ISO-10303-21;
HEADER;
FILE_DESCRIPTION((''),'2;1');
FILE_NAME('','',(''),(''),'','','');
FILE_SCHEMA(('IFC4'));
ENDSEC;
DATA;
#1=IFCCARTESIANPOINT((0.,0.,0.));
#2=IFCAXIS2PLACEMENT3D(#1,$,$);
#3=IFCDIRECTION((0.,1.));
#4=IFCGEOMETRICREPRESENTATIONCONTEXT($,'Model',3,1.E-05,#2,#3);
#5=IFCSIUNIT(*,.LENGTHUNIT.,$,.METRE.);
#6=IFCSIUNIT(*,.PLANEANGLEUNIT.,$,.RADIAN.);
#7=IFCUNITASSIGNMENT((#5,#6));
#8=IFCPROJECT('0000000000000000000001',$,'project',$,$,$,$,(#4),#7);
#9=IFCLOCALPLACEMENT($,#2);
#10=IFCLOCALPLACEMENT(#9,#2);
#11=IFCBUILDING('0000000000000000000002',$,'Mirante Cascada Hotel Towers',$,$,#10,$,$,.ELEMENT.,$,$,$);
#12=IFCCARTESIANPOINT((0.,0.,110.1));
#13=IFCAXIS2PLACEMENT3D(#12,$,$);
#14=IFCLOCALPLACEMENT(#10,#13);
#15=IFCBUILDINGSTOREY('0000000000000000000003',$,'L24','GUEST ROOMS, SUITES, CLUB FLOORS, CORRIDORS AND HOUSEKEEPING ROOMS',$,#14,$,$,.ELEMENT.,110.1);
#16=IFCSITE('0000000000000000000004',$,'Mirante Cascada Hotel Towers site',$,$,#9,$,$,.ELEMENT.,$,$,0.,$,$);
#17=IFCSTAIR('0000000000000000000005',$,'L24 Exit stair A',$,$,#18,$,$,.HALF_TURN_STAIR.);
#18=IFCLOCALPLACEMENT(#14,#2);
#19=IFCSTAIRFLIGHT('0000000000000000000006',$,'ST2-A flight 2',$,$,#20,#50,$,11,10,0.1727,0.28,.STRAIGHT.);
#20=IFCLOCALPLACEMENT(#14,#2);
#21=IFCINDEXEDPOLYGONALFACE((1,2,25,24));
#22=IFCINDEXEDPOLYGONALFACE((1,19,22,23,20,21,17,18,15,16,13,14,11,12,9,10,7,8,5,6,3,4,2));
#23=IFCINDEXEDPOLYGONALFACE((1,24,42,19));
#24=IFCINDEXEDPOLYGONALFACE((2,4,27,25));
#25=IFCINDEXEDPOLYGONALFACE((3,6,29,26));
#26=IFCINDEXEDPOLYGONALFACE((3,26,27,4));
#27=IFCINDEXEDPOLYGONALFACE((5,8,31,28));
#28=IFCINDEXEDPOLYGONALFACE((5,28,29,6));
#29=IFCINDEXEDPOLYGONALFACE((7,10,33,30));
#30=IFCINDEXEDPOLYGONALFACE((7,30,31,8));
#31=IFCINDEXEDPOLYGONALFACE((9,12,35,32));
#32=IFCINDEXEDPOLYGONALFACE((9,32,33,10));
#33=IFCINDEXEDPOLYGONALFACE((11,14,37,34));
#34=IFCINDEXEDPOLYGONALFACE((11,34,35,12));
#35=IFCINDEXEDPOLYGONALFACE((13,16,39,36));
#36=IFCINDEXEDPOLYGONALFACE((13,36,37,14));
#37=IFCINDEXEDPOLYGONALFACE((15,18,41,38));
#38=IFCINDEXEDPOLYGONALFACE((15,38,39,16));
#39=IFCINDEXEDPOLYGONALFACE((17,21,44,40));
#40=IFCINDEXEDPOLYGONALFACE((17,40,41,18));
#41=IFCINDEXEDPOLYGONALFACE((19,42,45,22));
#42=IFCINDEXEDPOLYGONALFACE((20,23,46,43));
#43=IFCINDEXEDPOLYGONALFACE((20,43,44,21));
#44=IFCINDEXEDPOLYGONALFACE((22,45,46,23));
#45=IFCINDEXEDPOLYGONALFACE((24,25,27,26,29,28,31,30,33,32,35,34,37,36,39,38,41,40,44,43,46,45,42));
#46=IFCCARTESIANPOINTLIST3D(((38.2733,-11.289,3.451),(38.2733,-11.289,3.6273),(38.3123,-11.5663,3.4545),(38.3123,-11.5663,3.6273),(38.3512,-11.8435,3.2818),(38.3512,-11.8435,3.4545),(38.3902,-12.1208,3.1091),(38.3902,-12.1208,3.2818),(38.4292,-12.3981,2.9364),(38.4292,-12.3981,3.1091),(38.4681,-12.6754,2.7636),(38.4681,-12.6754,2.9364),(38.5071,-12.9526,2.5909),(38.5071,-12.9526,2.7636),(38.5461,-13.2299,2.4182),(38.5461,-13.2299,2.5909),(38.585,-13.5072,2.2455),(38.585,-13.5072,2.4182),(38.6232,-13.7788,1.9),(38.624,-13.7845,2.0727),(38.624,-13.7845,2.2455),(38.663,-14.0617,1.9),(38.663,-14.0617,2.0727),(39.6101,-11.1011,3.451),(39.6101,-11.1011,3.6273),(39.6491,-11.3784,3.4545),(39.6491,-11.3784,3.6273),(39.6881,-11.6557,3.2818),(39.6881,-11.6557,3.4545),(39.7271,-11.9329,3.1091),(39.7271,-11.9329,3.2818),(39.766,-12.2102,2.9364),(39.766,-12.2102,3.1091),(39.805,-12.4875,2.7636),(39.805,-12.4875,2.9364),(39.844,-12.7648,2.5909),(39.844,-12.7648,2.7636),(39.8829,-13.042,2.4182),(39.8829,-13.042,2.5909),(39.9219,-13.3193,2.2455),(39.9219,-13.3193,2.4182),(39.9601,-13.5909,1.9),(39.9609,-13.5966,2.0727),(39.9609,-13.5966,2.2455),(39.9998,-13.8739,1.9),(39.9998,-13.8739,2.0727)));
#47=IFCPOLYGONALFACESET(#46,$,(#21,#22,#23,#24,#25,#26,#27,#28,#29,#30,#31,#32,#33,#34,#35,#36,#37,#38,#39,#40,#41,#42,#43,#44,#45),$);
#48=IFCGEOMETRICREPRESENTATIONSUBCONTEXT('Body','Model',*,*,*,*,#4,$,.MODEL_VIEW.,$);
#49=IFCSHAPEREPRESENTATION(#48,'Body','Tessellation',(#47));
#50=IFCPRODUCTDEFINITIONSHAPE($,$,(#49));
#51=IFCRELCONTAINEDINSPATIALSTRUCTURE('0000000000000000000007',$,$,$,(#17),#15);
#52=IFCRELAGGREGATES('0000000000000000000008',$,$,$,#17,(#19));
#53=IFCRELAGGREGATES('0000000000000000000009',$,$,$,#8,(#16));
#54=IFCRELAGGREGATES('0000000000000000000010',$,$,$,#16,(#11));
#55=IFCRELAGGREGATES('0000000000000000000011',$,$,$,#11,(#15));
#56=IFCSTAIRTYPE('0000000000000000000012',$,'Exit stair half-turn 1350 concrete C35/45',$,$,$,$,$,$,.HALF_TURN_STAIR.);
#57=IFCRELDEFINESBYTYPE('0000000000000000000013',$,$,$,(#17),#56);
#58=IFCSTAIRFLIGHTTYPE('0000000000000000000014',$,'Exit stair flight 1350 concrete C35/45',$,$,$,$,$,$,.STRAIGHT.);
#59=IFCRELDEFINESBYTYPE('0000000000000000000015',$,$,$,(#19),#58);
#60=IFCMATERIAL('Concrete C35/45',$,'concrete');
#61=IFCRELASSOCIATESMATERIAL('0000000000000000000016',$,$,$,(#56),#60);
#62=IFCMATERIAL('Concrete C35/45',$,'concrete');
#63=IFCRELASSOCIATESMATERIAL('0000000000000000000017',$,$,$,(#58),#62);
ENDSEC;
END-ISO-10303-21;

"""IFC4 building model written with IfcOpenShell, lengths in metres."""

from ifc_helpers import new_model, si_unit, direction, frame, origin, place, context, subcontext, project, spatial, polyline, outline, extrude, material, type_object, element, aggregate, save


model = new_model("IFC4")

# Units and contexts
model_context = context("Model", 3, precision=1e-05, world=origin(), true_north=direction((0.0, 1.0)))
body_context = subcontext(model_context, "Body", "Model", "MODEL_VIEW")
ifc_project = project(units=[si_unit("LENGTHUNIT", "METRE"), si_unit("PLANEANGLEUNIT", "RADIAN")], contexts=[model_context])

# Site, building, storey
site_placement = place(None, origin())
site = spatial("IfcSite", under=ifc_project, at=site_placement, Name="Mirante Cascada Hotel Towers site", CompositionType="ELEMENT", RefElevation=0.0)
building_placement = place(site_placement, origin())
building = spatial("IfcBuilding", under=site, at=building_placement, Name="Mirante Cascada Hotel Towers", CompositionType="ELEMENT")
storey_placement = place(building_placement, frame((0.0, 0.0, 110.1)))
storey = spatial("IfcBuildingStorey", under=building, at=storey_placement, Name="L24", Description="GUEST ROOMS, SUITES, CLUB FLOORS, CORRIDORS AND HOUSEKEEPING ROOMS", CompositionType="ELEMENT", Elevation=110.1)

# Stair, stair flight
ifc_material_1 = material(Name="Concrete C35/45", Category="concrete")
stair_type = type_object("IfcStairType", Name="Exit stair half-turn 1350 concrete C35/45", PredefinedType="HALF_TURN_STAIR", material=ifc_material_1)
stair_placement = place(storey_placement, origin())
stair = element("IfcStair", 1, at=stair_placement, inside=storey, type_object=stair_type, Name="L24 Exit stair A", PredefinedType="HALF_TURN_STAIR")
ifc_material_2 = material(Name="Concrete C35/45", Category="concrete")
stair_flight_type = type_object("IfcStairFlightType", Name="Exit stair flight 1350 concrete C35/45", PredefinedType="STRAIGHT", material=ifc_material_2)
stair_flight_placement = place(storey_placement, frame((39.3314, -13.9678, 1.9), z_axis=(0.0, 0.0, 1.0), x_axis=(-0.139173, 0.990268, 0.0)))
stair_flight = element("IfcStairFlight", 2, at=stair_flight_placement, type_object=stair_flight_type, Name="ST2-A flight 2", NumberOfRisers=11, NumberOfTreads=10, PredefinedType="STRAIGHT", RiserHeight=0.1727, TreadLength=0.28, context=body_context, shape_type="SweptSolid", body=[
    extrude(outline(polyline([(0.0, 0.0), (0.0, 0.1727), (0.28, 0.1727), (0.28, 0.3455), (0.56, 0.3455), (0.56, 0.5182), (0.84, 0.5182), (0.84, 0.6909), (1.12, 0.6909), (1.12, 0.8636), (1.4, 0.8636), (1.4, 1.0364), (1.68, 1.0364), (1.68, 1.2091), (1.96, 1.2091), (1.96, 1.3818), (2.24, 1.3818), (2.24, 1.5545), (2.52, 1.5545), (2.52, 1.7273), (2.8, 1.7273), (2.8, 1.9), (2.8, 1.551), (0.2857, 0.0), (0.0, 0.0)])), frame((0.0, 0.675, 0.0), z_axis=(0.0, -1.0, 0.0), x_axis=(1.0, 0.0, 0.0)), (0.0, 0.0, 1.0), 1.35),
])
aggregate(stair, [stair_flight])

save(model, "model.ifc")
